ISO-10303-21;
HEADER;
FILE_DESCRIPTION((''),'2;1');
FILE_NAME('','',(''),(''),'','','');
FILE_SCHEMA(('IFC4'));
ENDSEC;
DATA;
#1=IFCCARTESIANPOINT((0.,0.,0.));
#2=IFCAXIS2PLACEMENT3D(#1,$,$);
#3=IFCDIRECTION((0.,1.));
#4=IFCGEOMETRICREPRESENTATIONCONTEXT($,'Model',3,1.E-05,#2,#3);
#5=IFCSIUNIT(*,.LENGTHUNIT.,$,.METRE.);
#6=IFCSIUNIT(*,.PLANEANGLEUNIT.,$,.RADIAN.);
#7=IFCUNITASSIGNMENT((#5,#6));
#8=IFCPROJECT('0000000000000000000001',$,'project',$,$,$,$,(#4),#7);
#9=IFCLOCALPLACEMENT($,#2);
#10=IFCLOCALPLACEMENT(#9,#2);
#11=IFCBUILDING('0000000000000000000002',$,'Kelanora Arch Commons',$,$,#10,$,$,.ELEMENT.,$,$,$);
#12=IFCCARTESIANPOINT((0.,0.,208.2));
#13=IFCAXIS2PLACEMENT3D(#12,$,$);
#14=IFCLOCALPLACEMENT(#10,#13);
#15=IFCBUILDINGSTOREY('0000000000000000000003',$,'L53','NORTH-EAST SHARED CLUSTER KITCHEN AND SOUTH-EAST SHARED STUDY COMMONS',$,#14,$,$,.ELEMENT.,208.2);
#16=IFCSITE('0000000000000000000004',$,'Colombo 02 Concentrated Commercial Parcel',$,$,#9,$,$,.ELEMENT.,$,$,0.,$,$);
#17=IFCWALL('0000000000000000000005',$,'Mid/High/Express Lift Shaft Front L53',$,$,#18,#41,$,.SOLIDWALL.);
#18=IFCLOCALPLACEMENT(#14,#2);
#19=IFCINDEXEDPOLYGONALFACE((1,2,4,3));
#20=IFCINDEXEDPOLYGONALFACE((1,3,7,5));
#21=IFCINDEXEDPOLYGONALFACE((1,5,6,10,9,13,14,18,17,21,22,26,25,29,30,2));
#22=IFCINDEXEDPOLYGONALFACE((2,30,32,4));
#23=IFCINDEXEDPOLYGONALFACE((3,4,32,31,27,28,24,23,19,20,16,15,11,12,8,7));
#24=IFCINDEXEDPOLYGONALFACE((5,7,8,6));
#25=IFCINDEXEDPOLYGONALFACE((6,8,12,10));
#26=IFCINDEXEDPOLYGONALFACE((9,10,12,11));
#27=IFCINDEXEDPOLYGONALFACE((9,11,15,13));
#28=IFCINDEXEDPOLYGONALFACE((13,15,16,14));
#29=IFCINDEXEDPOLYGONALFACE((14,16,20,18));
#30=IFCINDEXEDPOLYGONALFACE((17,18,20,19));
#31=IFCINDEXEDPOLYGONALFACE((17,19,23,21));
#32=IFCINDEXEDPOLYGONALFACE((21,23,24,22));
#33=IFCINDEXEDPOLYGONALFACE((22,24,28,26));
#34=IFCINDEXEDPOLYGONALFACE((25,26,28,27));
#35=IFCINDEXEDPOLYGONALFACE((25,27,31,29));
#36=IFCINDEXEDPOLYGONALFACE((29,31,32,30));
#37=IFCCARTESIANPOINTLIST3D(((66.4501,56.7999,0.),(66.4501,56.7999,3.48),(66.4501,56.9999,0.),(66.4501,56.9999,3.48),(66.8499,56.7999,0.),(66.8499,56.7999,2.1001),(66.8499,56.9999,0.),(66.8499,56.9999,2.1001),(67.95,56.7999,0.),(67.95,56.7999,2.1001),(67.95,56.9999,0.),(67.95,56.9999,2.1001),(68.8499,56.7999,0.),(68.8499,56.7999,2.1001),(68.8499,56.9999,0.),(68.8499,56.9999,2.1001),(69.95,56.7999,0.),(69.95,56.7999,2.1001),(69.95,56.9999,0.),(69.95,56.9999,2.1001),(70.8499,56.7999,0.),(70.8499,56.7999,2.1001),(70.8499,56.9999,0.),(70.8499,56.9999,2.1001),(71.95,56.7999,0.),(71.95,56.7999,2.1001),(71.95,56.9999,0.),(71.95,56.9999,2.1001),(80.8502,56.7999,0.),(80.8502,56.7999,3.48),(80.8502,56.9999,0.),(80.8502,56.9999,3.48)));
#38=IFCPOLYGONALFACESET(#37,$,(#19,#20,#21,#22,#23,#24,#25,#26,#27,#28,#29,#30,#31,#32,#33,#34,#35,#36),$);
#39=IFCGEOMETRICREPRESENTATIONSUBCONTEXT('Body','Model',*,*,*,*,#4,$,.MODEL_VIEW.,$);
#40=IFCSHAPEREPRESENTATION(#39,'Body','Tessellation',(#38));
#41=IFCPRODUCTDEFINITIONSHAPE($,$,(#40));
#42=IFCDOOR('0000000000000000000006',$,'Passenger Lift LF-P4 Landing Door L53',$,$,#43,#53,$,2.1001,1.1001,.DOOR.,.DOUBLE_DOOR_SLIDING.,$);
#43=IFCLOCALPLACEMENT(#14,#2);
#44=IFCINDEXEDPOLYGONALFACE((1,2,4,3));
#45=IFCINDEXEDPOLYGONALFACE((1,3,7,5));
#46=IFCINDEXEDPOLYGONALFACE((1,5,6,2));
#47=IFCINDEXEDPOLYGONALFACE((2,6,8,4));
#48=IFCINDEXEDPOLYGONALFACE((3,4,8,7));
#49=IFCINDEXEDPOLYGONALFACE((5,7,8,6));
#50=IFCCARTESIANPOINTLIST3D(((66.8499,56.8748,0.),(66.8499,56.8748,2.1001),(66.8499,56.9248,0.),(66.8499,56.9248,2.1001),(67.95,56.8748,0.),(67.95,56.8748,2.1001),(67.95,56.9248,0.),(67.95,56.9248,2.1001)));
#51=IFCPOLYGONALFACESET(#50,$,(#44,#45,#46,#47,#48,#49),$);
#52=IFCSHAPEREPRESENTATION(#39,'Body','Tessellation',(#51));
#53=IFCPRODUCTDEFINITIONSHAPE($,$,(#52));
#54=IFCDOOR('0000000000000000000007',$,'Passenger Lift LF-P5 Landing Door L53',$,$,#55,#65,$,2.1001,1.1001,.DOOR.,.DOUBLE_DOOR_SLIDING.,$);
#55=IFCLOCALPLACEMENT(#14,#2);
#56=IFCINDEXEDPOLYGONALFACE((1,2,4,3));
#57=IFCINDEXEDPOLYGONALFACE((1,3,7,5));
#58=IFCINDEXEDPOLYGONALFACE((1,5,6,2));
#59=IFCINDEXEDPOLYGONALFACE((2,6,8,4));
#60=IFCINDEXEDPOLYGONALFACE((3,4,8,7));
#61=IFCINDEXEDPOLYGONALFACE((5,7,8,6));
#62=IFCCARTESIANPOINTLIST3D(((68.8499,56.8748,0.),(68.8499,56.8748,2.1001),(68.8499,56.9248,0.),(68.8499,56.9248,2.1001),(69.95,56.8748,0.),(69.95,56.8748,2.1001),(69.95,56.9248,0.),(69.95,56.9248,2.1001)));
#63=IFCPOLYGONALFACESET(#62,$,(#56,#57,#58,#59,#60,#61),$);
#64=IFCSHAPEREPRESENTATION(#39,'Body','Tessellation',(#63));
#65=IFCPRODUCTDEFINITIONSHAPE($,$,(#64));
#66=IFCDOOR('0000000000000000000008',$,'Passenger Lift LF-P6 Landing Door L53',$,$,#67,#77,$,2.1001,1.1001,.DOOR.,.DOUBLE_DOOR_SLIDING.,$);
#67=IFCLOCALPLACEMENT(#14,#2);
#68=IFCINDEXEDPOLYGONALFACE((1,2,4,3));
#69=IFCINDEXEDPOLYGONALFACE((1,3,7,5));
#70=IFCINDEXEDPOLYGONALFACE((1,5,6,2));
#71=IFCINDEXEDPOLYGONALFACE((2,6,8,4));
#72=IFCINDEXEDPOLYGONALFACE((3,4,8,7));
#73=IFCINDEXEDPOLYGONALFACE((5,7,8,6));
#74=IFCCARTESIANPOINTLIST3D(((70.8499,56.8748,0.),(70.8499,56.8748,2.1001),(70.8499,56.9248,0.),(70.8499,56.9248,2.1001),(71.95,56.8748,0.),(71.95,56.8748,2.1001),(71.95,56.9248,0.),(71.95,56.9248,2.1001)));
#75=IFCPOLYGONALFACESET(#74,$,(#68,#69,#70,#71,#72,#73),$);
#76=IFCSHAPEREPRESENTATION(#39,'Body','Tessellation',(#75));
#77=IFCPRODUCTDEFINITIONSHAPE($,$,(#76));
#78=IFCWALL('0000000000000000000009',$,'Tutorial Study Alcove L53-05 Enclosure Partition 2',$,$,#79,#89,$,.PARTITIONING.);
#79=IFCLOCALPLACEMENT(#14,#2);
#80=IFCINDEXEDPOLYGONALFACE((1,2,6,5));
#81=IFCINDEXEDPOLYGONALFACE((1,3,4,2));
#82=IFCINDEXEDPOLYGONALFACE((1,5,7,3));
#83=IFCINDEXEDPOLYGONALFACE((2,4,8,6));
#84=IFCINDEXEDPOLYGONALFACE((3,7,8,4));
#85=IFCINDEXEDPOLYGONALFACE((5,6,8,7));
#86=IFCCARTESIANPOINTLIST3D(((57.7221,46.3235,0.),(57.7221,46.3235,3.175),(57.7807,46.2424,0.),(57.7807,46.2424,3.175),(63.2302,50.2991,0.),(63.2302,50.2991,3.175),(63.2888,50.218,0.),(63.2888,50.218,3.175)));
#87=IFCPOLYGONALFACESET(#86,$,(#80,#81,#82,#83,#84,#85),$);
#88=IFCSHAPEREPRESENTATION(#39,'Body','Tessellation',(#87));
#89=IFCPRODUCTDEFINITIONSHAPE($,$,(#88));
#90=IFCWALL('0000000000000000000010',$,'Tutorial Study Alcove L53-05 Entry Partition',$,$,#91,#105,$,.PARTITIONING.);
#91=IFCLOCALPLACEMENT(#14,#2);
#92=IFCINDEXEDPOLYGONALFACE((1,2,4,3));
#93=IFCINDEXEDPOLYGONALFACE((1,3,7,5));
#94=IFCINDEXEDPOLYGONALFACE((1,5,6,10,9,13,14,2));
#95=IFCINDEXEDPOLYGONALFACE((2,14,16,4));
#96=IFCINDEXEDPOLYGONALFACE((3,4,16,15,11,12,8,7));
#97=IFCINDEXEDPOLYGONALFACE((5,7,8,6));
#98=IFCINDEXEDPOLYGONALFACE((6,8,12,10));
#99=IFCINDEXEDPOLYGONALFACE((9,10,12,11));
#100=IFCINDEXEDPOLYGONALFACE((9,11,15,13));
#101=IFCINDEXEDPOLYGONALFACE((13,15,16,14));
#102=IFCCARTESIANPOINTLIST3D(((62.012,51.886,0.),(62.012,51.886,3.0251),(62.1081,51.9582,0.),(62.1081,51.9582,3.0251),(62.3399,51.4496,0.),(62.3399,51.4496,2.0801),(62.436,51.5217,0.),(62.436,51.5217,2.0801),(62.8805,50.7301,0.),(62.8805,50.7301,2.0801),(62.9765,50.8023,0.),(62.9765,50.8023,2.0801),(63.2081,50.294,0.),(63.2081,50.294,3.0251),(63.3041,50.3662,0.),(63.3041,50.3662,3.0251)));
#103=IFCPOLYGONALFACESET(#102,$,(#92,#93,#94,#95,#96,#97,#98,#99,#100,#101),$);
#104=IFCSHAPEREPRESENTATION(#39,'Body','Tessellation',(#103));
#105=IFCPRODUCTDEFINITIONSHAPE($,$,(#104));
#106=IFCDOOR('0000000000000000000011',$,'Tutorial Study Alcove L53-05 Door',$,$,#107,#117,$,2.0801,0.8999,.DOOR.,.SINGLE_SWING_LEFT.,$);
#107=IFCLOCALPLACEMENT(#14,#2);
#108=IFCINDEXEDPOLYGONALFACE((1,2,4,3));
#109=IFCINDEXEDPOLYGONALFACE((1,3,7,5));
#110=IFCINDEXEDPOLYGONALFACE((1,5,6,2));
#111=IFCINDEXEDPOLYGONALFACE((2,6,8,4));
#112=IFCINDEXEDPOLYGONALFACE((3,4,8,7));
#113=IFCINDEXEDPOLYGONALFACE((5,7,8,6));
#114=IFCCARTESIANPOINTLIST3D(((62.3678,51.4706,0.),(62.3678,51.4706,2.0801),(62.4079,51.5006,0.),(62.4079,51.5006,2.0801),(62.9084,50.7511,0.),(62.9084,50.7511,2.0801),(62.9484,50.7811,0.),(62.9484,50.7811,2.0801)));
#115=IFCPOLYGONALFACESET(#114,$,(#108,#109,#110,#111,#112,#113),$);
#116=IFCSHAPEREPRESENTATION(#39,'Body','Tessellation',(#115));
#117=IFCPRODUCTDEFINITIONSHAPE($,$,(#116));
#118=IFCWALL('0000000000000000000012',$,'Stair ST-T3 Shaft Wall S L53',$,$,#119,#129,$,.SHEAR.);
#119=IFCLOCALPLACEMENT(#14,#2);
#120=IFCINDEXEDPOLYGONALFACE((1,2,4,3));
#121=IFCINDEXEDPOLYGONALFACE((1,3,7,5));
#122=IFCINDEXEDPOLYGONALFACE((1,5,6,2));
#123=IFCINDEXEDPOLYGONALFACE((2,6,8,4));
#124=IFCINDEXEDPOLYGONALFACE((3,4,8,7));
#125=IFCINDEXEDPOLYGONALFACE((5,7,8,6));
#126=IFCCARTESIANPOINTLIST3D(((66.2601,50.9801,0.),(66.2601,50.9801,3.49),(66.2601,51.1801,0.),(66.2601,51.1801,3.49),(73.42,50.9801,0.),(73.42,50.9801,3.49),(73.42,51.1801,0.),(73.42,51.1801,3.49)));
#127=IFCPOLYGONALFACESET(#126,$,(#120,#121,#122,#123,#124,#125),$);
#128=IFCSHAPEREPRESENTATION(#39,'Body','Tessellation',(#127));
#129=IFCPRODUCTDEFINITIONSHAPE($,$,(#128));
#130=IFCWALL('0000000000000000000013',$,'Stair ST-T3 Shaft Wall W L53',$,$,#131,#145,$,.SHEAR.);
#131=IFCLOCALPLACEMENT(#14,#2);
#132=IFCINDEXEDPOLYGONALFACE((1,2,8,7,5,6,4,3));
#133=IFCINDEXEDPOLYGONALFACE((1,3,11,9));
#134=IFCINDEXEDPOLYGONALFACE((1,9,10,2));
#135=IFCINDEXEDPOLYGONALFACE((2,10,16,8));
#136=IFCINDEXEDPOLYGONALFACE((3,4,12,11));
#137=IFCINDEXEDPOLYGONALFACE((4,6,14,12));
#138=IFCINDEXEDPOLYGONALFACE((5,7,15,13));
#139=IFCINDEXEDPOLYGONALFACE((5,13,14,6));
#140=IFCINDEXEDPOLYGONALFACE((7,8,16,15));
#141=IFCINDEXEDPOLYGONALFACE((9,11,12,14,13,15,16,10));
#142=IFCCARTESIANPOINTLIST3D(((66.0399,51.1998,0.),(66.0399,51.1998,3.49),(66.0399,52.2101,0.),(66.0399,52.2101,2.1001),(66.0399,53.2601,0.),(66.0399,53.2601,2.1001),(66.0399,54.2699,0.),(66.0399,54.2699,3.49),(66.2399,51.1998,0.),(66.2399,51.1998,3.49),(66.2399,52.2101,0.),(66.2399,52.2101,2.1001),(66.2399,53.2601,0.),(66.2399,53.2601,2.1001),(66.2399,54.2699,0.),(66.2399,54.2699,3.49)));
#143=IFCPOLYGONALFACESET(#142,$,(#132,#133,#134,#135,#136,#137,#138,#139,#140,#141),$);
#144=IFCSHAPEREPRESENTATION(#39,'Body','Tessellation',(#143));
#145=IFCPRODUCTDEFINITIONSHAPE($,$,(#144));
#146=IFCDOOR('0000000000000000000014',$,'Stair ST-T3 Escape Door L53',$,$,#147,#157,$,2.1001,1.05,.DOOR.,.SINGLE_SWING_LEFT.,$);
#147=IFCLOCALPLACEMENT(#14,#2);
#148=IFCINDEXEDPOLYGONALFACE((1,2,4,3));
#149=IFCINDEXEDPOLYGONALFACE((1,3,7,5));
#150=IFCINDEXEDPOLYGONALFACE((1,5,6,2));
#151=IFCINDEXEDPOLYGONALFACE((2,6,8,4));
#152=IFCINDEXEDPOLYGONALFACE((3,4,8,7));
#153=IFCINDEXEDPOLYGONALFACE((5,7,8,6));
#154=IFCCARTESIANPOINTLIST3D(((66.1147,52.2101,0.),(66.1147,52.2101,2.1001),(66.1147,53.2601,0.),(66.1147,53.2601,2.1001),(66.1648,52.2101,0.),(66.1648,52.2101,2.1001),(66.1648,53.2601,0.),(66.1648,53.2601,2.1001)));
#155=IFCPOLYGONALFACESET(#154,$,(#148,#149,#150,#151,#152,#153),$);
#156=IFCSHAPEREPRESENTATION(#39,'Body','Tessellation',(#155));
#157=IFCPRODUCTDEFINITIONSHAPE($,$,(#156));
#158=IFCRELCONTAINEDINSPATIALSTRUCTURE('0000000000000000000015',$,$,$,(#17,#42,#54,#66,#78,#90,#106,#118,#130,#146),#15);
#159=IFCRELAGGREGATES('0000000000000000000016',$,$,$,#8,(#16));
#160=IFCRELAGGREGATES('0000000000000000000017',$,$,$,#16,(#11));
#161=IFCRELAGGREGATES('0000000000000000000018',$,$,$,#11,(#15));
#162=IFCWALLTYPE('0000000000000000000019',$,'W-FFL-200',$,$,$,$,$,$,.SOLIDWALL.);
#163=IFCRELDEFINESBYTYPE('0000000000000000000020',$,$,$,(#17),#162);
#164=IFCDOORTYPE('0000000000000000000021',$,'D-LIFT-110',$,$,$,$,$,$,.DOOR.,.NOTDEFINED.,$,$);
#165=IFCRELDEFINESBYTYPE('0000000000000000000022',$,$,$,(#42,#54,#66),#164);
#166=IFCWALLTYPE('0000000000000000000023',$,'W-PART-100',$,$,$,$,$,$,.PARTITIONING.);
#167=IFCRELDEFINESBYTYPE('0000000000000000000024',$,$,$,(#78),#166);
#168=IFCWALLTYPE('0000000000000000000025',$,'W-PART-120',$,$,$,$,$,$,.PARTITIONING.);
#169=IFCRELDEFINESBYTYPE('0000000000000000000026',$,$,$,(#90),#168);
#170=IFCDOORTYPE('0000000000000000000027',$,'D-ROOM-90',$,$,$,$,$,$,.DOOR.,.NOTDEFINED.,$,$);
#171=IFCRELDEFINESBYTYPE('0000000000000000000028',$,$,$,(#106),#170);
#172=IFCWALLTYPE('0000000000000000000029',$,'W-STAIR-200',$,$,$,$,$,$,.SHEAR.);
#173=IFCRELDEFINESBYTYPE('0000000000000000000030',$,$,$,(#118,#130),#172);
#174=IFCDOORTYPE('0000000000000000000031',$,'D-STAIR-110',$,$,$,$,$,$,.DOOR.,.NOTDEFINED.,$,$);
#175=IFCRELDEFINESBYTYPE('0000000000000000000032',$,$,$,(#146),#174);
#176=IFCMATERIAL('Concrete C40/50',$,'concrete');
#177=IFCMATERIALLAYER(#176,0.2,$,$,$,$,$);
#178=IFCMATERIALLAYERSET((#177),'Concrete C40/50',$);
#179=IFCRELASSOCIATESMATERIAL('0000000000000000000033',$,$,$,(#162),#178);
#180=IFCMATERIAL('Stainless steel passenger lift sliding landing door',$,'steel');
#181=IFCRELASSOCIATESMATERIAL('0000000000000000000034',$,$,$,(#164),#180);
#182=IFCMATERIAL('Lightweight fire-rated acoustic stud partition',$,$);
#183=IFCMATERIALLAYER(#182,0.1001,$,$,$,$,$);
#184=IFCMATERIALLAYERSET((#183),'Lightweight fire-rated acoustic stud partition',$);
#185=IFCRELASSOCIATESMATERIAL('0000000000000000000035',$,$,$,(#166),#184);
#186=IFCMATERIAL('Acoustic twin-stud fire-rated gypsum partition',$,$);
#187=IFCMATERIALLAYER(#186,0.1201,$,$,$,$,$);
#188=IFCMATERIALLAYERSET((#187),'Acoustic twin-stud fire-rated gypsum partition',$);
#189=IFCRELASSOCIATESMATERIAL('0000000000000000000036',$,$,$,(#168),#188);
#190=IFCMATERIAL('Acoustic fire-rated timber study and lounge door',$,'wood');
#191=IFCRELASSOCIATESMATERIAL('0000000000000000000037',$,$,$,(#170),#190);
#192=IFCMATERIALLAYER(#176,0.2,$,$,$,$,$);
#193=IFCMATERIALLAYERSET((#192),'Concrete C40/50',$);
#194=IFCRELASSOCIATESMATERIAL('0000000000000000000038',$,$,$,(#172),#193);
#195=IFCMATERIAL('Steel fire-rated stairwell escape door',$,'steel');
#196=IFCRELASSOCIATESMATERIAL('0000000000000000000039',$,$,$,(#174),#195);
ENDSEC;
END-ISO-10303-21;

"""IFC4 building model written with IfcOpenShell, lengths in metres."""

from ifc_helpers import new_model, si_unit, direction, frame, frame_2d, origin, place, context, subcontext, project, spatial, rectangle, extrude, material, layer, layer_set, type_object, element, fill, save


model = new_model("IFC4")

# Units and contexts
model_context = context("Model", 3, precision=1e-05, world=origin(), true_north=direction((0.0, 1.0)))
body_context = subcontext(model_context, "Body", "Model", "MODEL_VIEW")
ifc_project = project(units=[si_unit("LENGTHUNIT", "METRE"), si_unit("PLANEANGLEUNIT", "RADIAN")], contexts=[model_context])

# Site, building, storey
site_placement = place(None, origin())
site = spatial("IfcSite", under=ifc_project, at=site_placement, Name="Colombo 02 Concentrated Commercial Parcel", CompositionType="ELEMENT", RefElevation=0.0)
building_placement = place(site_placement, origin())
building = spatial("IfcBuilding", under=site, at=building_placement, Name="Kelanora Arch Commons", CompositionType="ELEMENT")
storey_placement = place(building_placement, frame((0.0, 0.0, 208.2)))
storey = spatial("IfcBuildingStorey", under=building, at=storey_placement, Name="L53", Description="NORTH-EAST SHARED CLUSTER KITCHEN AND SOUTH-EAST SHARED STUDY COMMONS", CompositionType="ELEMENT", Elevation=208.2)

# Wall, openings, doors
ifc_material_1 = material(Name="Concrete C40/50", Category="concrete")
ifc_layer_1 = layer(ifc_material_1, 0.2)
ifc_layer_set_1 = layer_set([ifc_layer_1], Name="Concrete C40/50")
wall_type_1 = type_object("IfcWallType", Name="W-FFL-200", PredefinedType="SOLIDWALL", material=ifc_layer_set_1)
wall_1_placement = place(storey_placement, frame((66.45, 56.8999, 0.0), z_axis=(0.0, 0.0, 1.0), x_axis=(1.0, 0.0, 0.0)))
wall_1 = element("IfcWall", 1, at=wall_1_placement, inside=storey, type_object=wall_type_1, Name="Mid/High/Express Lift Shaft Front L53", PredefinedType="SOLIDWALL", context=body_context, shape_type="SweptSolid", body=[
    extrude(rectangle(XDim=14.4001, YDim=0.2, at=frame_2d((7.2002, 0.0))), origin(), (0.0, 0.0, 1.0), 3.48),
])
opening_1_placement = place(wall_1_placement, frame((0.3999, 0.0, 0.0)))
opening_1 = element("IfcOpeningElement", 2, at=opening_1_placement, cuts=wall_1, PredefinedType="OPENING", context=body_context, shape_type="SweptSolid", body=[
    extrude(rectangle(XDim=1.1001, YDim=2.1001, at=frame_2d((0.55, 1.05))), frame((0.0, 0.1099, 0.0), z_axis=(0.0, -1.0, 0.0), x_axis=(1.0, 0.0, 0.0)), (0.0, 0.0, 1.0), 0.22),
])
opening_2_placement = place(wall_1_placement, frame((2.3999, 0.0, 0.0)))
opening_2 = element("IfcOpeningElement", 3, at=opening_2_placement, cuts=wall_1, PredefinedType="OPENING", context=body_context, shape_type="SweptSolid", body=[
    extrude(rectangle(XDim=1.1001, YDim=2.1001, at=frame_2d((0.55, 1.05))), frame((0.0, 0.1099, 0.0), z_axis=(0.0, -1.0, 0.0), x_axis=(1.0, 0.0, 0.0)), (0.0, 0.0, 1.0), 0.22),
])
opening_3_placement = place(wall_1_placement, frame((4.3999, 0.0, 0.0)))
opening_3 = element("IfcOpeningElement", 4, at=opening_3_placement, cuts=wall_1, PredefinedType="OPENING", context=body_context, shape_type="SweptSolid", body=[
    extrude(rectangle(XDim=1.1001, YDim=2.1001, at=frame_2d((0.55, 1.05))), frame((0.0, 0.1099, 0.0), z_axis=(0.0, -1.0, 0.0), x_axis=(1.0, 0.0, 0.0)), (0.0, 0.0, 1.0), 0.22),
])
ifc_material_2 = material(Name="Stainless steel passenger lift sliding landing door", Category="steel")
door_type_1 = type_object("IfcDoorType", Name="D-LIFT-110", OperationType="NOTDEFINED", PredefinedType="DOOR", material=ifc_material_2)
door_1_placement = place(opening_1_placement, origin())
door_1 = element("IfcDoor", 5, at=door_1_placement, inside=storey, type_object=door_type_1, Name="Passenger Lift LF-P4 Landing Door L53", OperationType="DOUBLE_DOOR_SLIDING", OverallHeight=2.1001, OverallWidth=1.1001, PredefinedType="DOOR", context=body_context, shape_type="SweptSolid", body=[
    extrude(rectangle(XDim=1.1001, YDim=2.1001, at=frame_2d((0.55, 1.05))), frame((0.0, 0.0249, 0.0), z_axis=(0.0, -1.0, 0.0), x_axis=(1.0, 0.0, 0.0)), (0.0, 0.0, 1.0), 0.05),
])
fill(opening_1, door_1)
door_2_placement = place(opening_2_placement, origin())
door_2 = element("IfcDoor", 6, at=door_2_placement, inside=storey, type_object=door_type_1, Name="Passenger Lift LF-P5 Landing Door L53", OperationType="DOUBLE_DOOR_SLIDING", OverallHeight=2.1001, OverallWidth=1.1001, PredefinedType="DOOR", context=body_context, shape_type="SweptSolid", body=[
    extrude(rectangle(XDim=1.1001, YDim=2.1001, at=frame_2d((0.55, 1.05))), frame((0.0, 0.0249, 0.0), z_axis=(0.0, -1.0, 0.0), x_axis=(1.0, 0.0, 0.0)), (0.0, 0.0, 1.0), 0.05),
])
fill(opening_2, door_2)
door_3_placement = place(opening_3_placement, origin())
door_3 = element("IfcDoor", 7, at=door_3_placement, inside=storey, type_object=door_type_1, Name="Passenger Lift LF-P6 Landing Door L53", OperationType="DOUBLE_DOOR_SLIDING", OverallHeight=2.1001, OverallWidth=1.1001, PredefinedType="DOOR", context=body_context, shape_type="SweptSolid", body=[
    extrude(rectangle(XDim=1.1001, YDim=2.1001, at=frame_2d((0.55, 1.05))), frame((0.0, 0.0249, 0.0), z_axis=(0.0, -1.0, 0.0), x_axis=(1.0, 0.0, 0.0)), (0.0, 0.0, 1.0), 0.05),
])
fill(opening_3, door_3)

# Wall
ifc_material_3 = material(Name="Lightweight fire-rated acoustic stud partition")
ifc_layer_2 = layer(ifc_material_3, 0.1001)
ifc_layer_set_2 = layer_set([ifc_layer_2], Name="Lightweight fire-rated acoustic stud partition")
wall_type_2 = type_object("IfcWallType", Name="W-PART-100", PredefinedType="PARTITIONING", material=ifc_layer_set_2)
wall_2_placement = place(storey_placement, frame((63.2595, 50.2585, 0.0), z_axis=(0.0, 0.0, 1.0), x_axis=(-0.810851, -0.585253, 0.0)))
element("IfcWall", 8, at=wall_2_placement, inside=storey, type_object=wall_type_2, Name="Tutorial Study Alcove L53-05 Enclosure Partition 2", PredefinedType="PARTITIONING", context=body_context, shape_type="SweptSolid", body=[
    extrude(rectangle(XDim=6.793, YDim=0.1001, at=frame_2d((3.3965, 0.0))), origin(), (0.0, 0.0, 1.0), 3.175),
])

# Wall, opening, door
ifc_material_4 = material(Name="Acoustic twin-stud fire-rated gypsum partition")
ifc_layer_3 = layer(ifc_material_4, 0.1201)
ifc_layer_set_3 = layer_set([ifc_layer_3], Name="Acoustic twin-stud fire-rated gypsum partition")
wall_type_3 = type_object("IfcWallType", Name="W-PART-120", PredefinedType="PARTITIONING", material=ifc_layer_set_3)
wall_3_placement = place(storey_placement, frame((62.0601, 51.9221, 0.0), z_axis=(0.0, 0.0, 1.0), x_axis=(0.600647, -0.799514, 0.0)))
wall_3 = element("IfcWall", 9, at=wall_3_placement, inside=storey, type_object=wall_type_3, Name="Tutorial Study Alcove L53-05 Entry Partition", PredefinedType="PARTITIONING", context=body_context, shape_type="SweptSolid", body=[
    extrude(rectangle(XDim=1.9912, YDim=0.1201, at=frame_2d((0.9956, 0.0))), origin(), (0.0, 0.0, 1.0), 3.0251),
])
opening_4_placement = place(wall_3_placement, frame((0.5459, 0.0, 0.0)))
opening_4 = element("IfcOpeningElement", 10, at=opening_4_placement, cuts=wall_3, PredefinedType="OPENING", context=body_context, shape_type="SweptSolid", body=[
    extrude(rectangle(XDim=0.8999, YDim=2.0801, at=frame_2d((0.45, 1.04))), frame((0.0, 0.0701, 0.0), z_axis=(0.0, -1.0, 0.0), x_axis=(1.0, 0.0, 0.0)), (0.0, 0.0, 1.0), 0.1401),
])
ifc_material_5 = material(Name="Acoustic fire-rated timber study and lounge door", Category="wood")
door_type_2 = type_object("IfcDoorType", Name="D-ROOM-90", OperationType="NOTDEFINED", PredefinedType="DOOR", material=ifc_material_5)
door_4_placement = place(opening_4_placement, origin())
door_4 = element("IfcDoor", 11, at=door_4_placement, inside=storey, type_object=door_type_2, Name="Tutorial Study Alcove L53-05 Door", OperationType="SINGLE_SWING_LEFT", OverallHeight=2.0801, OverallWidth=0.8999, PredefinedType="DOOR", context=body_context, shape_type="SweptSolid", body=[
    extrude(rectangle(XDim=0.8999, YDim=2.0801, at=frame_2d((0.45, 1.04))), frame((0.0, 0.0249, 0.0), z_axis=(0.0, -1.0, 0.0), x_axis=(1.0, 0.0, 0.0)), (0.0, 0.0, 1.0), 0.05),
])
fill(opening_4, door_4)

# Wall
ifc_layer_4 = layer(ifc_material_1, 0.2)
ifc_layer_set_4 = layer_set([ifc_layer_4], Name="Concrete C40/50")
wall_type_4 = type_object("IfcWallType", Name="W-STAIR-200", PredefinedType="SHEAR", material=ifc_layer_set_4)
wall_4_placement = place(storey_placement, frame((66.26, 51.0801, 0.0), z_axis=(0.0, 0.0, 1.0), x_axis=(1.0, 0.0, 0.0)))
element("IfcWall", 12, at=wall_4_placement, inside=storey, type_object=wall_type_4, Name="Stair ST-T3 Shaft Wall S L53", PredefinedType="SHEAR", context=body_context, shape_type="SweptSolid", body=[
    extrude(rectangle(XDim=7.1599, YDim=0.2, at=frame_2d((3.5801, 0.0))), origin(), (0.0, 0.0, 1.0), 3.49),
])

# Wall, opening, door
wall_5_placement = place(storey_placement, frame((66.1399, 54.27, 0.0), z_axis=(0.0, 0.0, 1.0), x_axis=(0.0, -1.0, 0.0)))
wall_5 = element("IfcWall", 13, at=wall_5_placement, inside=storey, type_object=wall_type_4, Name="Stair ST-T3 Shaft Wall W L53", PredefinedType="SHEAR", context=body_context, shape_type="SweptSolid", body=[
    extrude(rectangle(XDim=3.0701, YDim=0.2, at=frame_2d((1.5352, 0.0))), origin(), (0.0, 0.0, 1.0), 3.49),
])
opening_5_placement = place(wall_5_placement, frame((1.01, 0.0, 0.0)))
opening_5 = element("IfcOpeningElement", 14, at=opening_5_placement, cuts=wall_5, PredefinedType="OPENING", context=body_context, shape_type="SweptSolid", body=[
    extrude(rectangle(XDim=1.05, YDim=2.1001, at=frame_2d((0.5249, 1.05))), frame((0.0, 0.1099, 0.0), z_axis=(0.0, -1.0, 0.0), x_axis=(1.0, 0.0, 0.0)), (0.0, 0.0, 1.0), 0.22),
])
ifc_material_6 = material(Name="Steel fire-rated stairwell escape door", Category="steel")
door_type_3 = type_object("IfcDoorType", Name="D-STAIR-110", OperationType="NOTDEFINED", PredefinedType="DOOR", material=ifc_material_6)
door_5_placement = place(opening_5_placement, origin())
door_5 = element("IfcDoor", 15, at=door_5_placement, inside=storey, type_object=door_type_3, Name="Stair ST-T3 Escape Door L53", OperationType="SINGLE_SWING_LEFT", OverallHeight=2.1001, OverallWidth=1.05, PredefinedType="DOOR", context=body_context, shape_type="SweptSolid", body=[
    extrude(rectangle(XDim=1.05, YDim=2.1001, at=frame_2d((0.5249, 1.05))), frame((0.0, 0.0249, 0.0), z_axis=(0.0, -1.0, 0.0), x_axis=(1.0, 0.0, 0.0)), (0.0, 0.0, 1.0), 0.05),
])
fill(opening_5, door_5)

save(model, "model.ifc")
